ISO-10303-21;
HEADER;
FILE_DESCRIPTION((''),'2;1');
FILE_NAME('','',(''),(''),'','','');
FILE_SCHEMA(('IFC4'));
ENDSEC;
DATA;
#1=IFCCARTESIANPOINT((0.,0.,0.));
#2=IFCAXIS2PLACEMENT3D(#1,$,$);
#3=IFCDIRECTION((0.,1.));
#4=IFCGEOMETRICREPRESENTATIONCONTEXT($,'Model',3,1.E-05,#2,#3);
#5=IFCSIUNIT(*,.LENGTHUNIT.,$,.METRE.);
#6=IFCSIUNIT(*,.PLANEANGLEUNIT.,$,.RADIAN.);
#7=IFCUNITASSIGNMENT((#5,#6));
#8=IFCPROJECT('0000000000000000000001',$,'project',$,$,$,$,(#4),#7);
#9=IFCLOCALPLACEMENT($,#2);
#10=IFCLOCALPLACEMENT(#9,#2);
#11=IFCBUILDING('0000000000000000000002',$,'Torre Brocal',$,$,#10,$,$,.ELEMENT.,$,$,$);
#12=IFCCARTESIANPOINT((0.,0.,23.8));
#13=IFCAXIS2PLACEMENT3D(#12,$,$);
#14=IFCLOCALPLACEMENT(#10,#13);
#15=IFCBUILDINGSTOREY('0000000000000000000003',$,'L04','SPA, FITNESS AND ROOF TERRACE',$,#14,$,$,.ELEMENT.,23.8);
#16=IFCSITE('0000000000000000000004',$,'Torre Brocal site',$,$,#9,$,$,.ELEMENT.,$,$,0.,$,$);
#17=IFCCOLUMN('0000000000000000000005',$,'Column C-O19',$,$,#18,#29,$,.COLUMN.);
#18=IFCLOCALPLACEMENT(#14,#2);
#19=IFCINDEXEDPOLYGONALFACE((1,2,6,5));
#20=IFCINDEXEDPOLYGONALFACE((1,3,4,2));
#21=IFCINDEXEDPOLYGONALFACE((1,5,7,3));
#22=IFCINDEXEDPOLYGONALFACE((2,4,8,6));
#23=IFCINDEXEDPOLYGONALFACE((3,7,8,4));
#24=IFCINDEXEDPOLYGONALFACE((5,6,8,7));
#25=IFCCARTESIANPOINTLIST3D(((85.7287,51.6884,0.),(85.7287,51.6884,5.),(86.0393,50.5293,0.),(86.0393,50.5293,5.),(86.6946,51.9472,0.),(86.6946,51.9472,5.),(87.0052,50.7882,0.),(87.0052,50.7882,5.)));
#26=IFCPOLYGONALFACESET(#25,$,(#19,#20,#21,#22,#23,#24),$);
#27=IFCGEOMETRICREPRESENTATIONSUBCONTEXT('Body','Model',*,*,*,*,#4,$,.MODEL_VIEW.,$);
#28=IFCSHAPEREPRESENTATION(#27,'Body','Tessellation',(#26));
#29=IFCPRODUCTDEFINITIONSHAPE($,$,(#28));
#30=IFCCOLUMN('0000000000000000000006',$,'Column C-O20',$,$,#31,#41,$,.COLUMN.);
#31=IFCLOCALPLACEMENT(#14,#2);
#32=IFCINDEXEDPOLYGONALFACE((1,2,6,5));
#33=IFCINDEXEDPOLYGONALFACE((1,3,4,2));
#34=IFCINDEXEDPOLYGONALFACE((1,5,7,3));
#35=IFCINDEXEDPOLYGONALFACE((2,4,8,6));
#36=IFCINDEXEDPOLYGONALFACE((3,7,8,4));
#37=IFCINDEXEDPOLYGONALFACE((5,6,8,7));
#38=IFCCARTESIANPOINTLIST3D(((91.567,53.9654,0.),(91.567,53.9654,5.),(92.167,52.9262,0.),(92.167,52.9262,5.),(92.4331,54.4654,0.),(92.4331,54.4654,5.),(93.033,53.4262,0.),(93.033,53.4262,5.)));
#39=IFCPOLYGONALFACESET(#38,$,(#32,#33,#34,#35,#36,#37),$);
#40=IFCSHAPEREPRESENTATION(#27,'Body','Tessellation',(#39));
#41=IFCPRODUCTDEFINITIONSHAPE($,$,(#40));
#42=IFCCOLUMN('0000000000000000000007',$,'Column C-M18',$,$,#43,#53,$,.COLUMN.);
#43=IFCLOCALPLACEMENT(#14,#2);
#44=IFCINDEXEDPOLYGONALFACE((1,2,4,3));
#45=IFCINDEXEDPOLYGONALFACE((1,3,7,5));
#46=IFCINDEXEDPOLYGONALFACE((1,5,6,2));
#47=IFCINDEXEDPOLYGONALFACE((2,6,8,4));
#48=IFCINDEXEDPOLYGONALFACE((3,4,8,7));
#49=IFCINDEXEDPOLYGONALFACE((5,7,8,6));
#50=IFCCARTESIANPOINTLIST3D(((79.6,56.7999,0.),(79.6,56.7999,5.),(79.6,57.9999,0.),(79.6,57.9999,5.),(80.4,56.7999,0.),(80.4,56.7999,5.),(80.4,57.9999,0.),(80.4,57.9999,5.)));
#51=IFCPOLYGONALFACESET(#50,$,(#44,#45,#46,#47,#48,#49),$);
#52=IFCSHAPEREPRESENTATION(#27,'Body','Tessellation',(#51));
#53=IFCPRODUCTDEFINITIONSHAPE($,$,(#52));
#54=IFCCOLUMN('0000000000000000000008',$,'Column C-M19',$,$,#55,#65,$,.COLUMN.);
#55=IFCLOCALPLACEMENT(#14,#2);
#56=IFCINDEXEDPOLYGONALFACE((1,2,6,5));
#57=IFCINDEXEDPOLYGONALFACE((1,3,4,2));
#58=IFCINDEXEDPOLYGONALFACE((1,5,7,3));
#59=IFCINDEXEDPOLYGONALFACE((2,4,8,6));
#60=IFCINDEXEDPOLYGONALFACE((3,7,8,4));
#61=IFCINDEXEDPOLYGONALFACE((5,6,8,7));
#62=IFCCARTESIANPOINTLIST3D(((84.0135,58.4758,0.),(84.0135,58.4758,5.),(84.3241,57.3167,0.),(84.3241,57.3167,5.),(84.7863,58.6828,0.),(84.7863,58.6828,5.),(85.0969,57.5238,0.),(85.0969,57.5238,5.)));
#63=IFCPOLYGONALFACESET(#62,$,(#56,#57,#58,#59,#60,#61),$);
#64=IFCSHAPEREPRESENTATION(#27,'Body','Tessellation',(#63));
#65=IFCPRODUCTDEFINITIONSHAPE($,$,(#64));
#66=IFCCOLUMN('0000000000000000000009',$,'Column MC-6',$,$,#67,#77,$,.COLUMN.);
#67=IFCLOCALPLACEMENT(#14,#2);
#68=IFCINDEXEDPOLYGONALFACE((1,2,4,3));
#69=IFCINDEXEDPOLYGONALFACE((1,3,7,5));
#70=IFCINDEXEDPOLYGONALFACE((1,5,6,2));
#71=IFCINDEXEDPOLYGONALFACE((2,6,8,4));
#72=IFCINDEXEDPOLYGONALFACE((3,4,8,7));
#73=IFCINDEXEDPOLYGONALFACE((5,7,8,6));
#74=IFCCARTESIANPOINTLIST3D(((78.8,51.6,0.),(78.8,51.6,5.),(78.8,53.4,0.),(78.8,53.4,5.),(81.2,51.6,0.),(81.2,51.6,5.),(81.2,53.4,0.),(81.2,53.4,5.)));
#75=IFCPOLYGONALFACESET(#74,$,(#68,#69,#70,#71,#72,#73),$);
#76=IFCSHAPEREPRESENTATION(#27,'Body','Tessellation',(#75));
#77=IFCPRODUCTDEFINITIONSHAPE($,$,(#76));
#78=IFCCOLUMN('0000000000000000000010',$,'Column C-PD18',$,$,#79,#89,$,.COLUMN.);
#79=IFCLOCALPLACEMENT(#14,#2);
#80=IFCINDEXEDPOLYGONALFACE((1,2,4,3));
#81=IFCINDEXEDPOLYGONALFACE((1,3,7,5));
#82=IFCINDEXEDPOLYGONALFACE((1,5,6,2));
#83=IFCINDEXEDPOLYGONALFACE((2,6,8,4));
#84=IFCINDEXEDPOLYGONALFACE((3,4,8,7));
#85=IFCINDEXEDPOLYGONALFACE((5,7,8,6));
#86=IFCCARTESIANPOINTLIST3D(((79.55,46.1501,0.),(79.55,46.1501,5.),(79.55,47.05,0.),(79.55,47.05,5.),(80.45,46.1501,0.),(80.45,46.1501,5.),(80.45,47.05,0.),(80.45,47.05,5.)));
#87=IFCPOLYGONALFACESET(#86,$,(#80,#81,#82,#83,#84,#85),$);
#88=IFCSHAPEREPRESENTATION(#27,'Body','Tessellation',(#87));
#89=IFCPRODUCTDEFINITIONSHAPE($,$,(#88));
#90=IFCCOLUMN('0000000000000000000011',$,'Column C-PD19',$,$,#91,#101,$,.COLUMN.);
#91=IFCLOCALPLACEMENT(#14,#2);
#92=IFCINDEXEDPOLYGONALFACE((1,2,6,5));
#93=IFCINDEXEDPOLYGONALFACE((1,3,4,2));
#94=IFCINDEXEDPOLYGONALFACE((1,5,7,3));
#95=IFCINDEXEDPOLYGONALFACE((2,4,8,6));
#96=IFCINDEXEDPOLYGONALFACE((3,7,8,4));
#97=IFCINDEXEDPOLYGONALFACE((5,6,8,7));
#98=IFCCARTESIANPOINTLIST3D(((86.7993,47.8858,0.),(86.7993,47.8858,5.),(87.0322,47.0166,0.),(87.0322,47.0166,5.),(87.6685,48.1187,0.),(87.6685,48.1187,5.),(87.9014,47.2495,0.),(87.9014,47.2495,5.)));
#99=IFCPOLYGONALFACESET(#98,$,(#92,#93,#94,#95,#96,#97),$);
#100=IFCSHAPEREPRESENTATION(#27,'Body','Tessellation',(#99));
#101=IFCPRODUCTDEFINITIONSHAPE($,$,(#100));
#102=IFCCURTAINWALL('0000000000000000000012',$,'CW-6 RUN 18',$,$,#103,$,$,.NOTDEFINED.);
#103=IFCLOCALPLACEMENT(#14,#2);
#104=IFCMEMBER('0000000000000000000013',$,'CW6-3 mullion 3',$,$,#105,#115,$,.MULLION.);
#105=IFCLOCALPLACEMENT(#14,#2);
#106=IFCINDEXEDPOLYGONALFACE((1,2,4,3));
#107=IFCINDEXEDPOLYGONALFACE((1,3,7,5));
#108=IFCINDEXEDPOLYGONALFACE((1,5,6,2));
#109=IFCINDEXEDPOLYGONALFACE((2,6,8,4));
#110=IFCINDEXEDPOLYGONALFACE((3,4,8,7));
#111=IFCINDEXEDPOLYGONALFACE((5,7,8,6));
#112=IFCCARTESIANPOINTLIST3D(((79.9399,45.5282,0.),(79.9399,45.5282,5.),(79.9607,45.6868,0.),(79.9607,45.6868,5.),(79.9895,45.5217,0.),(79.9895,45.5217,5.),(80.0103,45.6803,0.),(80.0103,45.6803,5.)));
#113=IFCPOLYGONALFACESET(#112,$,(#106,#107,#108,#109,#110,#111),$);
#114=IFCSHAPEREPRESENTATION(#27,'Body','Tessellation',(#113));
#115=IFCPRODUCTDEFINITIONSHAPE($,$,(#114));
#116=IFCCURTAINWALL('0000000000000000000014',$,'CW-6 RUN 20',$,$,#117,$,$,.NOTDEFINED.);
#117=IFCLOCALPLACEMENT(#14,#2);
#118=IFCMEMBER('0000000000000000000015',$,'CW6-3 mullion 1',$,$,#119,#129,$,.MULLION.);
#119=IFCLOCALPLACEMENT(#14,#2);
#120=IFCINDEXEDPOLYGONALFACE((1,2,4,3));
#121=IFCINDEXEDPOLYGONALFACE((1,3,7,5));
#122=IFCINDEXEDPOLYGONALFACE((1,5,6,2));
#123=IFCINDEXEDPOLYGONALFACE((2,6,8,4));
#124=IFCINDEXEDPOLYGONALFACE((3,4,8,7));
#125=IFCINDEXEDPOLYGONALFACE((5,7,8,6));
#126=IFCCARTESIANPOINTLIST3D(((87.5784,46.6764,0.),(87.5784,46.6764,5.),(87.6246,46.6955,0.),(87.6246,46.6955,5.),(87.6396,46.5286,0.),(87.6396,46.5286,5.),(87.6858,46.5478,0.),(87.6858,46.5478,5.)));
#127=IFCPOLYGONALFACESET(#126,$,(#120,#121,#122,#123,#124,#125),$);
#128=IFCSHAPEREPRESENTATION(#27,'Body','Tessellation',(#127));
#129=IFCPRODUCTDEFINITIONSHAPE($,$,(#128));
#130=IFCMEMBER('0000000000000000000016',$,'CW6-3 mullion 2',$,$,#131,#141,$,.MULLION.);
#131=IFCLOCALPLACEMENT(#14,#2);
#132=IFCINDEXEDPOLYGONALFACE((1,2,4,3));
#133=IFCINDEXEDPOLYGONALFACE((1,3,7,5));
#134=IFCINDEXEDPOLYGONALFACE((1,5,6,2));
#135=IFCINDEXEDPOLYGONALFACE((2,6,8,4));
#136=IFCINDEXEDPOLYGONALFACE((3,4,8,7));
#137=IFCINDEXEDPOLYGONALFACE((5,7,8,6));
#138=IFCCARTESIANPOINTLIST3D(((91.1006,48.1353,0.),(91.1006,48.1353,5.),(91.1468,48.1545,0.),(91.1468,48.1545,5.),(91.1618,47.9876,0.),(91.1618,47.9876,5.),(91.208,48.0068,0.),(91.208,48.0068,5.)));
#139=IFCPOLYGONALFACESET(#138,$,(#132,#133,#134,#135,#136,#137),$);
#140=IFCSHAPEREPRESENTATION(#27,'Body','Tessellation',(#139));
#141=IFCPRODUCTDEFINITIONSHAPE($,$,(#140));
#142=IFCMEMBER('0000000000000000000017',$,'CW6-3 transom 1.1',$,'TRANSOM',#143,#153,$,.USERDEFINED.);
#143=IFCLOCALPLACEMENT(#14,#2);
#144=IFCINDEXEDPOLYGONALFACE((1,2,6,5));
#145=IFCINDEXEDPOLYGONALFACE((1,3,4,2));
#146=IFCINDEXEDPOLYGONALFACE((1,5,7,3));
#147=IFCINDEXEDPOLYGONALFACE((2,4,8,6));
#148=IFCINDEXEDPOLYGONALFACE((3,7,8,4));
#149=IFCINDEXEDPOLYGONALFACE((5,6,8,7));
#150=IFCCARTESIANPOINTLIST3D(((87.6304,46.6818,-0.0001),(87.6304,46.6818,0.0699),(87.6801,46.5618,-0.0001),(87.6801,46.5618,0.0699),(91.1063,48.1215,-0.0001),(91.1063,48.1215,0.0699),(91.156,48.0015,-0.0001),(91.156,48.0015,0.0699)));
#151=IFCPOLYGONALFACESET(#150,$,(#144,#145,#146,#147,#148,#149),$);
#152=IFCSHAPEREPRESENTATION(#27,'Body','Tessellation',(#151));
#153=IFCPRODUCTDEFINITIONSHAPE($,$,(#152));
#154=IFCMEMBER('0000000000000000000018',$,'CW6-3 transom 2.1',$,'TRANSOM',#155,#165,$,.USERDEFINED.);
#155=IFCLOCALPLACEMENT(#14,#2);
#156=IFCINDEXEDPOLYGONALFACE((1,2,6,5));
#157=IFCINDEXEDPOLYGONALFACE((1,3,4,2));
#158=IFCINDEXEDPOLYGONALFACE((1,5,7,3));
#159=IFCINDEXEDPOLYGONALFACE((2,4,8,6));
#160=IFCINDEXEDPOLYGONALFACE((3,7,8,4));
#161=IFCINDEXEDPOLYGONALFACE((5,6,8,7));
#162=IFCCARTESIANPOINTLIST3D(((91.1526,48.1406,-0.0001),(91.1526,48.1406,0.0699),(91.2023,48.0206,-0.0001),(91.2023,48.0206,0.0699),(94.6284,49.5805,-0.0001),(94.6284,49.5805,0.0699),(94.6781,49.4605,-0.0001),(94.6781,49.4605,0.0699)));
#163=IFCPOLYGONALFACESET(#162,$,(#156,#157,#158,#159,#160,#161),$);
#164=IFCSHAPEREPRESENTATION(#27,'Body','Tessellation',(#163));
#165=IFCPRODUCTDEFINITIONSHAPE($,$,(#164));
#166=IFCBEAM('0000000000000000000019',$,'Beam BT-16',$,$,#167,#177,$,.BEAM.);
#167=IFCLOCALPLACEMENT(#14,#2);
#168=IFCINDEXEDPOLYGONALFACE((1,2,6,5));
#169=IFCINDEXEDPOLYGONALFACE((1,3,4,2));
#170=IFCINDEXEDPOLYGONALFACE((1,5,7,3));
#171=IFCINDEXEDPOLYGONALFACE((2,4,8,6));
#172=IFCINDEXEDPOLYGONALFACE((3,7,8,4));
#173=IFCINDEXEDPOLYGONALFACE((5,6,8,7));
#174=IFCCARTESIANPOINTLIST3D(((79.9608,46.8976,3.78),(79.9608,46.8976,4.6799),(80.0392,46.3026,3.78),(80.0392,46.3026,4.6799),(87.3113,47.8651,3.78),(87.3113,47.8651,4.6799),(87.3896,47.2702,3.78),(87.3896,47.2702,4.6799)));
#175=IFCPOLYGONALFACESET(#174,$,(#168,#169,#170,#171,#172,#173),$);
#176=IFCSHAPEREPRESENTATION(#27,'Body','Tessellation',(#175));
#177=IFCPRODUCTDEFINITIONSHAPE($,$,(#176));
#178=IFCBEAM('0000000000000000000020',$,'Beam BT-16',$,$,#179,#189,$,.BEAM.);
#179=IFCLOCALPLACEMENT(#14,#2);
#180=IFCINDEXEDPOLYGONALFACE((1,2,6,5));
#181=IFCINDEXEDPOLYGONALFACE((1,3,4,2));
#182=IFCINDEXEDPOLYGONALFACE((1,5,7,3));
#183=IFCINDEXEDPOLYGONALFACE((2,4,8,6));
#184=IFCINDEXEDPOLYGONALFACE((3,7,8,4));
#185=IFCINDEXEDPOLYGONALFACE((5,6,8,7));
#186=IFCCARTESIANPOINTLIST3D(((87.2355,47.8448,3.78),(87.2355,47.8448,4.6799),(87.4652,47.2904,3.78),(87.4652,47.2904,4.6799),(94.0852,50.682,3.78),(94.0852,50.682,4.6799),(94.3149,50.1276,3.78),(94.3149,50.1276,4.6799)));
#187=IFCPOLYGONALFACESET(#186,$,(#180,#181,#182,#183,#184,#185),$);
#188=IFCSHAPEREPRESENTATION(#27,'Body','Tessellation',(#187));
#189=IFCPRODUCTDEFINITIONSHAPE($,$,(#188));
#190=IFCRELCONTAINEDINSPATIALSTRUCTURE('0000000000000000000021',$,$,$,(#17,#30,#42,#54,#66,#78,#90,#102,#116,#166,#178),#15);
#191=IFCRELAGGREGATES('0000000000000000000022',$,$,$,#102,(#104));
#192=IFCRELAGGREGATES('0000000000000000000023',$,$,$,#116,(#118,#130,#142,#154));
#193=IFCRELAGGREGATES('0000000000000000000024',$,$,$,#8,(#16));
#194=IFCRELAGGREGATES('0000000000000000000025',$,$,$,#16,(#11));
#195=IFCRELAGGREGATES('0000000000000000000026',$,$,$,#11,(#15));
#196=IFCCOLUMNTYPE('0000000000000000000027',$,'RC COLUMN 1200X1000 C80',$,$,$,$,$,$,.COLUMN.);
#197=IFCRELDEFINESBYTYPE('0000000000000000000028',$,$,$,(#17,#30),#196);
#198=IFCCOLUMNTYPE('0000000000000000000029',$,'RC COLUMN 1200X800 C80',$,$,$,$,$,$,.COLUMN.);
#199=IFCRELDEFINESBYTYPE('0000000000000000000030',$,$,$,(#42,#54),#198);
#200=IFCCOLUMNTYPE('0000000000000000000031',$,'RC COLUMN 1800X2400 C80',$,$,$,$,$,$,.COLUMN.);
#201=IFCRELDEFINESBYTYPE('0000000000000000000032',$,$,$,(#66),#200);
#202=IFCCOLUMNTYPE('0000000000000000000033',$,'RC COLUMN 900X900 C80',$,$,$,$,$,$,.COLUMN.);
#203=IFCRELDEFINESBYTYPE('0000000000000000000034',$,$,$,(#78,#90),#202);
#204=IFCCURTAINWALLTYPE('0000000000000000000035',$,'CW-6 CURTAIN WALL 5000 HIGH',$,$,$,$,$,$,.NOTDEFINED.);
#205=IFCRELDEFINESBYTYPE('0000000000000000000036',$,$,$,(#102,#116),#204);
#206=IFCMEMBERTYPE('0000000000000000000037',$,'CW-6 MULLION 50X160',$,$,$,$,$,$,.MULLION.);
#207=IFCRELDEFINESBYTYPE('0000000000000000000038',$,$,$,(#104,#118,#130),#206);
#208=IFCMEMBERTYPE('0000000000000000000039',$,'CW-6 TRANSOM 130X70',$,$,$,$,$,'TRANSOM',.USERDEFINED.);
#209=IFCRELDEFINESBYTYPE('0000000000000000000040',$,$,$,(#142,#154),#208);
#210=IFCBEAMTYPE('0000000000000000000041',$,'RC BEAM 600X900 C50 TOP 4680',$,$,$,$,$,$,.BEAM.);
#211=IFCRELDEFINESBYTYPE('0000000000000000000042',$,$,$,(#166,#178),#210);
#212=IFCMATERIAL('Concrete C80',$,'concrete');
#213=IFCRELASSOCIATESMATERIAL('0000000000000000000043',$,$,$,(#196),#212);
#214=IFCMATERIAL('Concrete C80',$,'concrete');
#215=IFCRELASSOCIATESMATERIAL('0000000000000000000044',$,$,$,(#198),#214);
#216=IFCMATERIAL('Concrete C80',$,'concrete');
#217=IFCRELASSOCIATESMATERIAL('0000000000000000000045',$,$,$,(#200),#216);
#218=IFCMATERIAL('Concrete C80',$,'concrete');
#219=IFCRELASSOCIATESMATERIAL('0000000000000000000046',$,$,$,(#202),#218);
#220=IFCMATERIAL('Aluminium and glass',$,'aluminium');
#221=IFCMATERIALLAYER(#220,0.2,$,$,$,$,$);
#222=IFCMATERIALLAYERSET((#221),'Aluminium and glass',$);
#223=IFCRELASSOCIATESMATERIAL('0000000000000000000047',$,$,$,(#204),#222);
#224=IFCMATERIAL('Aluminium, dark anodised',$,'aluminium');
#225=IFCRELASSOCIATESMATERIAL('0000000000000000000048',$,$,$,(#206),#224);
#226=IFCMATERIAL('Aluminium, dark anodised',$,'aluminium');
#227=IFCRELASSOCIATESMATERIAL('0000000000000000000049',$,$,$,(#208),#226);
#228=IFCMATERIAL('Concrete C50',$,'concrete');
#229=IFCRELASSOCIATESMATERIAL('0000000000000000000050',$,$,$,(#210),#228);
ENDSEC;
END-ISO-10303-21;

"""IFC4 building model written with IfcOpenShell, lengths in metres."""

from ifc_helpers import new_model, si_unit, direction, frame, origin, origin_2d, place, context, subcontext, project, spatial, rectangle, extrude, material, layer, layer_set, material_profile, profile_set, type_object, element, aggregate, save


model = new_model("IFC4")

# Units and contexts
model_context = context("Model", 3, precision=1e-05, world=origin(), true_north=direction((0.0, 1.0)))
body_context = subcontext(model_context, "Body", "Model", "MODEL_VIEW")
ifc_project = project(units=[si_unit("LENGTHUNIT", "METRE"), si_unit("PLANEANGLEUNIT", "RADIAN")], contexts=[model_context])

# Site, building, storey
site_placement = place(None, origin())
site = spatial("IfcSite", under=ifc_project, at=site_placement, Name="Torre Brocal site", CompositionType="ELEMENT", RefElevation=0.0)
building_placement = place(site_placement, origin())
building = spatial("IfcBuilding", under=site, at=building_placement, Name="Torre Brocal", CompositionType="ELEMENT")
storey_placement = place(building_placement, frame((0.0, 0.0, 23.8)))
storey = spatial("IfcBuildingStorey", under=building, at=storey_placement, Name="L04", Description="SPA, FITNESS AND ROOF TERRACE", CompositionType="ELEMENT", Elevation=23.8)

# Columns
ifc_material_1 = material(Name="Concrete C80", Category="concrete")
ifc_material_profile_1 = material_profile(ifc_material_1, rectangle(XDim=1.2, YDim=1.0, at=origin_2d()), Name="RC 1200X1000")
ifc_profile_set_1 = profile_set([ifc_material_profile_1], Name="Concrete C80")
column_type_1 = type_object("IfcColumnType", Name="RC COLUMN 1200X1000 C80", PredefinedType="COLUMN", material=ifc_profile_set_1)
for number, where, z_axis, x_axis, name in (
    (1, (86.3669, 51.2383, 0.0), (0.0, 0.0, 1.0), (0.258819, -0.965926, 0.0), "Column C-O19"),
    (2, (92.3, 53.6958, 0.0), (0.0, 0.0, 1.0), (0.5, -0.866025, 0.0), "Column C-O20"),
):
    element("IfcColumn", number, at=place(storey_placement, frame(where, z_axis=z_axis, x_axis=x_axis)), inside=storey, type_object=column_type_1, Name=name, PredefinedType="COLUMN", context=body_context, shape_type="SweptSolid", body=[
        extrude(rectangle(XDim=1.2, YDim=1.0, at=origin_2d()), origin(), (0.0, 0.0, 1.0), 5.0),
    ])
ifc_material_2 = material(Name="Concrete C80", Category="concrete")
ifc_material_profile_2 = material_profile(ifc_material_2, rectangle(XDim=1.2, YDim=0.8, at=origin_2d()), Name="RC 1200X800")
ifc_profile_set_2 = profile_set([ifc_material_profile_2], Name="Concrete C80")
column_type_2 = type_object("IfcColumnType", Name="RC COLUMN 1200X800 C80", PredefinedType="COLUMN", material=ifc_profile_set_2)
for number, where, z_axis, x_axis, name in (
    (3, (80.0, 57.3999, 0.0), (0.0, 0.0, 1.0), (0.0, -1.0, 0.0), "Column C-M18"),
    (4, (84.5552, 57.9998, 0.0), (0.0, 0.0, 1.0), (0.258819, -0.965926, 0.0), "Column C-M19"),
):
    element("IfcColumn", number, at=place(storey_placement, frame(where, z_axis=z_axis, x_axis=x_axis)), inside=storey, type_object=column_type_2, Name=name, PredefinedType="COLUMN", context=body_context, shape_type="SweptSolid", body=[
        extrude(rectangle(XDim=1.2, YDim=0.8, at=origin_2d()), origin(), (0.0, 0.0, 1.0), 5.0),
    ])
ifc_material_3 = material(Name="Concrete C80", Category="concrete")
ifc_material_profile_3 = material_profile(ifc_material_3, rectangle(XDim=1.8, YDim=2.3999, at=origin_2d()), Name="RC 1800X2400")
ifc_profile_set_3 = profile_set([ifc_material_profile_3], Name="Concrete C80")
column_type_3 = type_object("IfcColumnType", Name="RC COLUMN 1800X2400 C80", PredefinedType="COLUMN", material=ifc_profile_set_3)
column_placement = place(storey_placement, frame((80.0, 52.5, 0.0), z_axis=(0.0, 0.0, 1.0), x_axis=(0.0, -1.0, 0.0)))
element("IfcColumn", 5, at=column_placement, inside=storey, type_object=column_type_3, Name="Column MC-6", PredefinedType="COLUMN", context=body_context, shape_type="SweptSolid", body=[
    extrude(rectangle(XDim=1.8, YDim=2.3999, at=origin_2d()), origin(), (0.0, 0.0, 1.0), 5.0),
])
ifc_material_4 = material(Name="Concrete C80", Category="concrete")
ifc_material_profile_4 = material_profile(ifc_material_4, rectangle(XDim=0.8999, YDim=0.8999, at=origin_2d()), Name="RC 900X900")
ifc_profile_set_4 = profile_set([ifc_material_profile_4], Name="Concrete C80")
column_type_4 = type_object("IfcColumnType", Name="RC COLUMN 900X900 C80", PredefinedType="COLUMN", material=ifc_profile_set_4)
for number, where, z_axis, x_axis, name in (
    (6, (80.0, 46.6001, 0.0), (0.0, 0.0, 1.0), (0.0, -1.0, 0.0), "Column C-PD18"),
    (7, (87.3503, 47.5676, 0.0), (0.0, 0.0, 1.0), (0.258819, -0.965926, 0.0), "Column C-PD19"),
):
    element("IfcColumn", number, at=place(storey_placement, frame(where, z_axis=z_axis, x_axis=x_axis)), inside=storey, type_object=column_type_4, Name=name, PredefinedType="COLUMN", context=body_context, shape_type="SweptSolid", body=[
        extrude(rectangle(XDim=0.8999, YDim=0.8999, at=origin_2d()), origin(), (0.0, 0.0, 1.0), 5.0),
    ])

# Curtain wall, member
ifc_material_5 = material(Name="Aluminium and glass", Category="aluminium")
ifc_layer_1 = layer(ifc_material_5, 0.2)
ifc_layer_set_1 = layer_set([ifc_layer_1], Name="Aluminium and glass")
curtain_wall_type = type_object("IfcCurtainWallType", Name="CW-6 CURTAIN WALL 5000 HIGH", PredefinedType="NOTDEFINED", material=ifc_layer_set_1)
curtain_wall_1_placement = place(storey_placement, origin())
curtain_wall_1 = element("IfcCurtainWall", 8, at=curtain_wall_1_placement, inside=storey, type_object=curtain_wall_type, Name="CW-6 RUN 18", PredefinedType="NOTDEFINED")
ifc_material_6 = material(Name="Aluminium, dark anodised", Category="aluminium")
ifc_material_profile_5 = material_profile(ifc_material_6, rectangle(XDim=0.1599, YDim=0.05, at=origin_2d()), Name="CW-6 MULLION 50X160")
ifc_profile_set_5 = profile_set([ifc_material_profile_5], Name="Aluminium, dark anodised")
member_type_1 = type_object("IfcMemberType", Name="CW-6 MULLION 50X160", PredefinedType="MULLION", material=ifc_profile_set_5)
member_1_placement = place(storey_placement, frame((79.9751, 45.6042, 0.0), z_axis=(0.0, 0.0, 1.0), x_axis=(0.130526, 0.991445, 0.0)))
member_1 = element("IfcMember", 9, at=member_1_placement, type_object=member_type_1, Name="CW6-3 mullion 3", PredefinedType="MULLION", context=body_context, shape_type="SweptSolid", body=[
    extrude(rectangle(XDim=0.1599, YDim=0.05, at=origin_2d()), origin(), (0.0, 0.0, 1.0), 5.0),
])

# Curtain wall, members
curtain_wall_2_placement = place(storey_placement, origin())
curtain_wall_2 = element("IfcCurtainWall", 10, at=curtain_wall_2_placement, inside=storey, type_object=curtain_wall_type, Name="CW-6 RUN 20", PredefinedType="NOTDEFINED")
member_2_placement = place(storey_placement, frame((87.6321, 46.6121, 0.0), z_axis=(0.0, 0.0, 1.0), x_axis=(-0.382683, 0.92388, 0.0)))
member_2 = element("IfcMember", 11, at=member_2_placement, type_object=member_type_1, Name="CW6-3 mullion 1", PredefinedType="MULLION", context=body_context, shape_type="SweptSolid", body=[
    extrude(rectangle(XDim=0.1599, YDim=0.05, at=origin_2d()), origin(), (0.0, 0.0, 1.0), 5.0),
])
member_3_placement = place(storey_placement, frame((91.1543, 48.071, 0.0), z_axis=(0.0, 0.0, 1.0), x_axis=(-0.382683, 0.92388, 0.0)))
member_3 = element("IfcMember", 12, at=member_3_placement, type_object=member_type_1, Name="CW6-3 mullion 2", PredefinedType="MULLION", context=body_context, shape_type="SweptSolid", body=[
    extrude(rectangle(XDim=0.1599, YDim=0.05, at=origin_2d()), origin(), (0.0, 0.0, 1.0), 5.0),
])
ifc_material_7 = material(Name="Aluminium, dark anodised", Category="aluminium")
ifc_material_profile_6 = material_profile(ifc_material_7, rectangle(XDim=0.1299, YDim=0.0701, at=origin_2d()), Name="CW-6 TRANSOM 130X70")
ifc_profile_set_6 = profile_set([ifc_material_profile_6], Name="Aluminium, dark anodised")
member_type_2 = type_object("IfcMemberType", Name="CW-6 TRANSOM 130X70", ElementType="TRANSOM", PredefinedType="USERDEFINED", material=ifc_profile_set_6)
member_4_placement = place(storey_placement, frame((87.6553, 46.6218, 0.0349), z_axis=(0.923883, 0.382675, 0.0), x_axis=(-0.382675, 0.923883, 0.0)))
member_4 = element("IfcMember", 13, at=member_4_placement, type_object=member_type_2, Name="CW6-3 transom 1.1", ObjectType="TRANSOM", PredefinedType="USERDEFINED", context=body_context, shape_type="SweptSolid", body=[
    extrude(rectangle(XDim=0.1299, YDim=0.0701, at=origin_2d()), origin(), (0.0, 0.0, 1.0), 3.7622),
])
member_5_placement = place(storey_placement, frame((91.1775, 48.0806, 0.0349), z_axis=(0.92386, 0.38273, 0.0), x_axis=(-0.38273, 0.92386, 0.0)))
member_5 = element("IfcMember", 14, at=member_5_placement, type_object=member_type_2, Name="CW6-3 transom 2.1", ObjectType="TRANSOM", PredefinedType="USERDEFINED", context=body_context, shape_type="SweptSolid", body=[
    extrude(rectangle(XDim=0.1299, YDim=0.0701, at=origin_2d()), origin(), (0.0, 0.0, 1.0), 3.7622),
])

# Beams
ifc_material_8 = material(Name="Concrete C50", Category="concrete")
ifc_material_profile_7 = material_profile(ifc_material_8, rectangle(XDim=0.6001, YDim=0.8999, at=origin_2d()), Name="RC 600X900")
ifc_profile_set_7 = profile_set([ifc_material_profile_7], Name="Concrete C50")
beam_type_1 = type_object("IfcBeamType", Name="RC BEAM 600X900 C50 TOP 4680", PredefinedType="BEAM", material=ifc_profile_set_7)
beam_1_placement = place(storey_placement, frame((80.0, 46.6001, 4.23), z_axis=(0.991448, 0.130505, 0.0), x_axis=(-0.130505, 0.991448, 0.0)))
element("IfcBeam", 15, at=beam_1_placement, inside=storey, type_object=beam_type_1, Name="Beam BT-16", PredefinedType="BEAM", context=body_context, shape_type="SweptSolid", body=[
    extrude(rectangle(XDim=0.6001, YDim=0.8999, at=origin_2d()), origin(), (0.0, 0.0, 1.0), 7.4138),
])
beam_2_placement = place(storey_placement, frame((87.3503, 47.5676, 4.23), z_axis=(0.923882, 0.382678, 0.0), x_axis=(-0.382678, 0.923882, 0.0)))
element("IfcBeam", 16, at=beam_2_placement, inside=storey, type_object=beam_type_1, Name="Beam BT-16", PredefinedType="BEAM", context=body_context, shape_type="SweptSolid", body=[
    extrude(rectangle(XDim=0.6001, YDim=0.8999, at=origin_2d()), origin(), (0.0, 0.0, 1.0), 7.4141),
])

aggregate(curtain_wall_1, [member_1])
aggregate(curtain_wall_2, [member_2, member_3, member_4, member_5])

save(model, "model.ifc")
